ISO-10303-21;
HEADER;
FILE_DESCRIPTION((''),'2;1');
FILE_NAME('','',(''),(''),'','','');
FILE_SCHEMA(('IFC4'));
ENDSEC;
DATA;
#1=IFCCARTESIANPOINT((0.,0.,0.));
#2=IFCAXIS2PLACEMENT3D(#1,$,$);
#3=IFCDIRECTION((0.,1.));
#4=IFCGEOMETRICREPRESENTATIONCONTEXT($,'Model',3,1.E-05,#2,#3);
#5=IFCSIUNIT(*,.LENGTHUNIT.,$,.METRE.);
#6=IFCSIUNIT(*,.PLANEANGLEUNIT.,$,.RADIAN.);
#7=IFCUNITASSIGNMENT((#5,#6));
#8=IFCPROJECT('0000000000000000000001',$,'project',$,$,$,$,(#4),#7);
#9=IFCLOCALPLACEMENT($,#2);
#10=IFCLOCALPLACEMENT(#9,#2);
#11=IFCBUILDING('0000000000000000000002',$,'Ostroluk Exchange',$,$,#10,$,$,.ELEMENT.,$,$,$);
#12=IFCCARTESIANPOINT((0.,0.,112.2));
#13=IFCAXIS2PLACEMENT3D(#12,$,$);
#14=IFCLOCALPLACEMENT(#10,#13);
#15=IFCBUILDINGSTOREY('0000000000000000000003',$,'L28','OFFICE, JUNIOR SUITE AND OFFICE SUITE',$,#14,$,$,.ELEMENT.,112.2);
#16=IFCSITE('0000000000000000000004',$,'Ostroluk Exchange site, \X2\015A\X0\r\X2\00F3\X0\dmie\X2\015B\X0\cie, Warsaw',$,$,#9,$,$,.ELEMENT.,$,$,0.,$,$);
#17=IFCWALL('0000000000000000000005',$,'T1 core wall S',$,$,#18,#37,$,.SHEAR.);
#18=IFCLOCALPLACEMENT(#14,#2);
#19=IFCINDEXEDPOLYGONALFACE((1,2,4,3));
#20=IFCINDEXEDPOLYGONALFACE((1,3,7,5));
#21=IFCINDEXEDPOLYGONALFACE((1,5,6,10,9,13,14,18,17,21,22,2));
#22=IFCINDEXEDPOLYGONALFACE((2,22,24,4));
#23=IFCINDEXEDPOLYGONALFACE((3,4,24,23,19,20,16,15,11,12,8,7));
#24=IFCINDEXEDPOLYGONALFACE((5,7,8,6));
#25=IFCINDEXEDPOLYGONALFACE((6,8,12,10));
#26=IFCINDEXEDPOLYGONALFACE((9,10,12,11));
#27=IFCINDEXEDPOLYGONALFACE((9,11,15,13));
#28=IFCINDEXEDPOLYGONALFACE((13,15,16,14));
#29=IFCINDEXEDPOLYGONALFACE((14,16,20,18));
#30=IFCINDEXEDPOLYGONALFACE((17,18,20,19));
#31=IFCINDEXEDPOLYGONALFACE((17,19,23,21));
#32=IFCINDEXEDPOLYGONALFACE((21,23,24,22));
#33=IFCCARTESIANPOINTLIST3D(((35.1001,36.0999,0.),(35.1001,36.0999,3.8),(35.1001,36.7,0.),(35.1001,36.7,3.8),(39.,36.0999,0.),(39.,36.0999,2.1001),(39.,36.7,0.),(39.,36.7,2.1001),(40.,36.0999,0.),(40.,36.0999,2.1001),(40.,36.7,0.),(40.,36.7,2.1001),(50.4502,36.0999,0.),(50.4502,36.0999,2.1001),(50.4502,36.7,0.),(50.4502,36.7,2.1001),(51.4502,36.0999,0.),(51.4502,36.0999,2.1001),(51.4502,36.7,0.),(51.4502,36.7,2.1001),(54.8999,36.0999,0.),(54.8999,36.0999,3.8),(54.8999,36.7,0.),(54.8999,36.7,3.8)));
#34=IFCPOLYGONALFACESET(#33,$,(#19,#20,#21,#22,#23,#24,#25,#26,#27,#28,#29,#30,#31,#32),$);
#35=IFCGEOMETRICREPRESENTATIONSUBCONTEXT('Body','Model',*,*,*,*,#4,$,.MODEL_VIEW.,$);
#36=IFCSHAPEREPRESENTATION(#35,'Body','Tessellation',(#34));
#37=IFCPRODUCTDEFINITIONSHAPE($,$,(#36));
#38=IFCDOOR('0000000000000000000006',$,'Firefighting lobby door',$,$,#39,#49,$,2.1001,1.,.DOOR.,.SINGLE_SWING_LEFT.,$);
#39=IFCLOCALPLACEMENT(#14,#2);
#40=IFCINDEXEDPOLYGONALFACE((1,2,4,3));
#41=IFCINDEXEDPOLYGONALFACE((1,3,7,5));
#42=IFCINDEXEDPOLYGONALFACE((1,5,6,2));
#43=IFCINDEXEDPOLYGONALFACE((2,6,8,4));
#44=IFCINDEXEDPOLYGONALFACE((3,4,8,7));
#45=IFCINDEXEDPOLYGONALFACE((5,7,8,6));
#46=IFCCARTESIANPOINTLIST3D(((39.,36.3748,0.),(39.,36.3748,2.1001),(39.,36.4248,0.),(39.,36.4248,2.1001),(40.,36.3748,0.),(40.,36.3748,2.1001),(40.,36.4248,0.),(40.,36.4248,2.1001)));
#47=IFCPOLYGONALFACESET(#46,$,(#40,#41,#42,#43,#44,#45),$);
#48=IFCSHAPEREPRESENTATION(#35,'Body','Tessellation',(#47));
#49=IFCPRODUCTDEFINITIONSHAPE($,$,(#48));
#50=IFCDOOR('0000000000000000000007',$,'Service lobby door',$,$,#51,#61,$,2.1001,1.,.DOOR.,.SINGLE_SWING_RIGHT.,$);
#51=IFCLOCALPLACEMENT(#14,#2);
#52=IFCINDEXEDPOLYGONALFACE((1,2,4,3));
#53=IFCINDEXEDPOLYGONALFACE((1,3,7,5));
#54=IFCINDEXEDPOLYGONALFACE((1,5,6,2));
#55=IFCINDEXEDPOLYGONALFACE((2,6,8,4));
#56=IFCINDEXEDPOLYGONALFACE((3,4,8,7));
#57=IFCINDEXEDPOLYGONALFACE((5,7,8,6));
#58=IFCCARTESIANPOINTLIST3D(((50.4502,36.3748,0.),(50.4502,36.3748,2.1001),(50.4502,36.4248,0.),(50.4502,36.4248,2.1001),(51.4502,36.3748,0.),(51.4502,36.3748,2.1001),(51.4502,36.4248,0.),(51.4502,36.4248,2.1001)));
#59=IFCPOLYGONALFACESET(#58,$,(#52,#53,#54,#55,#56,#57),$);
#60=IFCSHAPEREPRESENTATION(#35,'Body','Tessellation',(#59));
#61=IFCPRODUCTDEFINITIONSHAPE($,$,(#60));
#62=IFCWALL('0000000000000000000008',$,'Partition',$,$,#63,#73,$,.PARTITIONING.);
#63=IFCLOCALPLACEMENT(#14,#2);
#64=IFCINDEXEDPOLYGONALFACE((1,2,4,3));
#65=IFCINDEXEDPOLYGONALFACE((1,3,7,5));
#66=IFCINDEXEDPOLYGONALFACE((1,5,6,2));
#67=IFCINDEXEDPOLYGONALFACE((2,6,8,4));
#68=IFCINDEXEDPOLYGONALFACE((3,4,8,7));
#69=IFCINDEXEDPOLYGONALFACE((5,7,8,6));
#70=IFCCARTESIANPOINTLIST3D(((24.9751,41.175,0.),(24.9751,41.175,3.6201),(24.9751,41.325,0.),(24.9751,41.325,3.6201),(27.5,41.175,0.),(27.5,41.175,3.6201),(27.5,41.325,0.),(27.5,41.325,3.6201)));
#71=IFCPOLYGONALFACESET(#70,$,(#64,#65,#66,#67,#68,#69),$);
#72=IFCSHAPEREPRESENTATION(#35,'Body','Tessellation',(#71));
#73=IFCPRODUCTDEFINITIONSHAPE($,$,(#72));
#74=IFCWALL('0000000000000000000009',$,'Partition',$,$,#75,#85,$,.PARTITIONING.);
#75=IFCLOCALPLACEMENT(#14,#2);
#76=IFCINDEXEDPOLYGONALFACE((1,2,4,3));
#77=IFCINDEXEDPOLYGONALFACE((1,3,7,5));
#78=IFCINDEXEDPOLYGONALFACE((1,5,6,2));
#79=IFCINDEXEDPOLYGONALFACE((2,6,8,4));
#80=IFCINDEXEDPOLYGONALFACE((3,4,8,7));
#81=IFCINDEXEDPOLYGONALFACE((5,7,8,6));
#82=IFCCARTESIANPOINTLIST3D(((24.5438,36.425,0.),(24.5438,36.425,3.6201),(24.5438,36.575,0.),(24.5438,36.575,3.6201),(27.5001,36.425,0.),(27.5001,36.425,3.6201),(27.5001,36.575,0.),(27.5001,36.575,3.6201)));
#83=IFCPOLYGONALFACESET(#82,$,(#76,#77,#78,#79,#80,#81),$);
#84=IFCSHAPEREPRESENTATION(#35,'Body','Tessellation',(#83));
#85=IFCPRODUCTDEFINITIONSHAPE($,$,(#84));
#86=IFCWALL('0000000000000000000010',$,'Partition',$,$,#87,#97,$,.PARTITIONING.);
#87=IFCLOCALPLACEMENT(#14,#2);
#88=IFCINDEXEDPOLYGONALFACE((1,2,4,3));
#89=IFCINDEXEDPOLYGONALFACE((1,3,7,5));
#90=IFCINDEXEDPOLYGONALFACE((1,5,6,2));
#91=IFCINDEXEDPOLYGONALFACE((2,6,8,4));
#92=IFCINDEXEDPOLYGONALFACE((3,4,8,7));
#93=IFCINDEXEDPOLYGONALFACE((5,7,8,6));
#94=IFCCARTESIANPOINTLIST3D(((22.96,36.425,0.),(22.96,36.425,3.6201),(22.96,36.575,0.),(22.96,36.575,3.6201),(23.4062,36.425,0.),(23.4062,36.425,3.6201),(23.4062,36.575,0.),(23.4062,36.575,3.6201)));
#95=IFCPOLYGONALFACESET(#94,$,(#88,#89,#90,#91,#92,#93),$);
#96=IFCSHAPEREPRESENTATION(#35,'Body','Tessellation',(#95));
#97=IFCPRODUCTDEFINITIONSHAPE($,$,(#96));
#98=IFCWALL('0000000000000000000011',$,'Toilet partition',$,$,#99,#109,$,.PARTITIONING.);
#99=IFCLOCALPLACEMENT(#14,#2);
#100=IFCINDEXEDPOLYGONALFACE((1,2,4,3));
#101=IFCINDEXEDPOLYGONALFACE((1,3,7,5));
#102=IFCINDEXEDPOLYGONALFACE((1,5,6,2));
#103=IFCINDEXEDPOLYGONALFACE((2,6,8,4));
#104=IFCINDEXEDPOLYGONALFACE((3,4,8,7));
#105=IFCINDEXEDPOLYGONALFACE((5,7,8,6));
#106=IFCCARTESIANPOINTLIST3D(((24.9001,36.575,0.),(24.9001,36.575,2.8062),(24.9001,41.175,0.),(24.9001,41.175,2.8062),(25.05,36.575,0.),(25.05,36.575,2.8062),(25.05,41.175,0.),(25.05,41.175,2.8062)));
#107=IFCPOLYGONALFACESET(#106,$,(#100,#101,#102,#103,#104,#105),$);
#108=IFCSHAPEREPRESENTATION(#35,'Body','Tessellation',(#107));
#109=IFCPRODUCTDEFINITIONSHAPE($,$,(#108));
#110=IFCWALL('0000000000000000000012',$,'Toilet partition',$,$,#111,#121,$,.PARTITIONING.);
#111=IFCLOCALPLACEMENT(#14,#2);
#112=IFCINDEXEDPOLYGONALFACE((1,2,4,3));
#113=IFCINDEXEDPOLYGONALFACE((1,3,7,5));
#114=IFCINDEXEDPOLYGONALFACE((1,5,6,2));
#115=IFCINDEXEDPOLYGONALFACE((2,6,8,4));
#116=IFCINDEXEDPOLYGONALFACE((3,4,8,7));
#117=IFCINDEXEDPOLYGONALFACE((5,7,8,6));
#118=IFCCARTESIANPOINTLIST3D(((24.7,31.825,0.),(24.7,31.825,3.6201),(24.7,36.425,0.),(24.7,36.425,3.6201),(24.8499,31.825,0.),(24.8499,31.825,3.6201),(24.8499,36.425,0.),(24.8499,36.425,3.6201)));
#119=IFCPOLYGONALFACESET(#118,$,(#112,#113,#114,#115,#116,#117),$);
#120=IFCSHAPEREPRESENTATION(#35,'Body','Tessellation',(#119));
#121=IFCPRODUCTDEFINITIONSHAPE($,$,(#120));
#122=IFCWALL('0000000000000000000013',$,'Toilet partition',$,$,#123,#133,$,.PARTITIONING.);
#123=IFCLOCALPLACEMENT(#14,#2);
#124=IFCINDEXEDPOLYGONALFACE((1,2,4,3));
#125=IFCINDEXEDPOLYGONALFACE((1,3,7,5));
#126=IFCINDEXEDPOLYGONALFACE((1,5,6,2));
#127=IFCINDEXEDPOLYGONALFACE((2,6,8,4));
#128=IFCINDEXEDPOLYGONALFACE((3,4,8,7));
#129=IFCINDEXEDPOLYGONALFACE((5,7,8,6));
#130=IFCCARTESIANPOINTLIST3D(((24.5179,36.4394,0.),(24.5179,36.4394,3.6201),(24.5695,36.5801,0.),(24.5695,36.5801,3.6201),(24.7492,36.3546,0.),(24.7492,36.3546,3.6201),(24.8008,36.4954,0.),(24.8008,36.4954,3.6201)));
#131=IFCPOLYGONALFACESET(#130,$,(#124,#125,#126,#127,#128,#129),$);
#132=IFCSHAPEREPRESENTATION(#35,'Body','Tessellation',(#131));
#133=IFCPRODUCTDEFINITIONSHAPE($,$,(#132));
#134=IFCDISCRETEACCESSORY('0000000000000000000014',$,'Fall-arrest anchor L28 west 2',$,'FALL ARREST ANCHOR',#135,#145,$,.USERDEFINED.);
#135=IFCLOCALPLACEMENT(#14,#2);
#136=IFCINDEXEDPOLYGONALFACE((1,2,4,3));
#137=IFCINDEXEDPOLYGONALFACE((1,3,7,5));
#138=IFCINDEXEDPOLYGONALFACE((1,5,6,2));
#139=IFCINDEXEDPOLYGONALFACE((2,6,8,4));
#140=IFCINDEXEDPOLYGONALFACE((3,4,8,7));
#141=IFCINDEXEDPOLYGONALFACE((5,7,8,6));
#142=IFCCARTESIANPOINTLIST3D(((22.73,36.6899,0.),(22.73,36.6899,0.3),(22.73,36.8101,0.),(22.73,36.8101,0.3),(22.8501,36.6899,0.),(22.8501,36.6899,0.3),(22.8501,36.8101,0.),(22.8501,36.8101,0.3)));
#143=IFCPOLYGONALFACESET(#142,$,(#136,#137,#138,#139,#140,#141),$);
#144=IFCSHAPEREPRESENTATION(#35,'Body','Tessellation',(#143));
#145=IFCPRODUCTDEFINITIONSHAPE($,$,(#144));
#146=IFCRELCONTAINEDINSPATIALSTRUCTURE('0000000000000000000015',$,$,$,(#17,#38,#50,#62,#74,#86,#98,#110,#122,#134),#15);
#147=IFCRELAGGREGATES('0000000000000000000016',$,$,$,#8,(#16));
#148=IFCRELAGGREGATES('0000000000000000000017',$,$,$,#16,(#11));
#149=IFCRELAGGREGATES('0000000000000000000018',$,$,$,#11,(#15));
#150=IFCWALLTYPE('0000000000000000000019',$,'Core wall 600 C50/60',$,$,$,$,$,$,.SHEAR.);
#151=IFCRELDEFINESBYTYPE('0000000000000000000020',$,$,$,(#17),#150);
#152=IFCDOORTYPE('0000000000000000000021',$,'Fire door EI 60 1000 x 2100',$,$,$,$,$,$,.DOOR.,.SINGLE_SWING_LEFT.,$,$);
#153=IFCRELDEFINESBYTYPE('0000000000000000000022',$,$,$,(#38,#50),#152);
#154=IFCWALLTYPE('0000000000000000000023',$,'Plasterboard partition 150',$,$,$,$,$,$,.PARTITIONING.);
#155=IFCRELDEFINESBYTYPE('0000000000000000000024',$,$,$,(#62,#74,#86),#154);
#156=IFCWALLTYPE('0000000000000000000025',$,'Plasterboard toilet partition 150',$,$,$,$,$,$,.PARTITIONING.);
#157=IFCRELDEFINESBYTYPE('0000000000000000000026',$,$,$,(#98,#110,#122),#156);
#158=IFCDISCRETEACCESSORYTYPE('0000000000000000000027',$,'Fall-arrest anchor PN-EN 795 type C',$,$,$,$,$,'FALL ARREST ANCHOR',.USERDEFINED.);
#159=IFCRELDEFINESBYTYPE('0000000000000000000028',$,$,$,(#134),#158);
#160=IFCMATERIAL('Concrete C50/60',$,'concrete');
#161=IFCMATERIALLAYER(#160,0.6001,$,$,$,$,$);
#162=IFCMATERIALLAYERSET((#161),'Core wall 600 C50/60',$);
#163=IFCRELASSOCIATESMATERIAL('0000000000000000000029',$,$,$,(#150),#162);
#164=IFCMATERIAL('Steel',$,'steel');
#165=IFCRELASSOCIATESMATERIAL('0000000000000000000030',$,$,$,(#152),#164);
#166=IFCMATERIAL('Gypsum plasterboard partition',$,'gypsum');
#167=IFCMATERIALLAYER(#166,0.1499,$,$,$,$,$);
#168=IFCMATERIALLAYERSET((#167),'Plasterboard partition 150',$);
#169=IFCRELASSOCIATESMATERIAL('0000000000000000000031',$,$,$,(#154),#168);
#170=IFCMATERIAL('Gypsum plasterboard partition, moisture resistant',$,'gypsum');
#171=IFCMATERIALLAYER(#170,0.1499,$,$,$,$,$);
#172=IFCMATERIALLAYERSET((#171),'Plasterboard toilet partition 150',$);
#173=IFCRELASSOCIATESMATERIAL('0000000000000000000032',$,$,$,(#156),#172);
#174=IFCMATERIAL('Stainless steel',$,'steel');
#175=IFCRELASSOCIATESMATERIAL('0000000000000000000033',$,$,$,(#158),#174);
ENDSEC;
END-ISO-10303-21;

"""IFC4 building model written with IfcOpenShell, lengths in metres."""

from ifc_helpers import new_model, si_unit, direction, frame, frame_2d, origin, origin_2d, place, context, subcontext, project, spatial, rectangle, extrude, material, layer, layer_set, type_object, element, fill, save


model = new_model("IFC4")

# Units and contexts
model_context = context("Model", 3, precision=1e-05, world=origin(), true_north=direction((0.0, 1.0)))
body_context = subcontext(model_context, "Body", "Model", "MODEL_VIEW")
ifc_project = project(units=[si_unit("LENGTHUNIT", "METRE"), si_unit("PLANEANGLEUNIT", "RADIAN")], contexts=[model_context])

# Site, building, storey
site_placement = place(None, origin())
site = spatial("IfcSite", under=ifc_project, at=site_placement, Name="Ostroluk Exchange site, Śródmieście, Warsaw", CompositionType="ELEMENT", RefElevation=0.0)
building_placement = place(site_placement, origin())
building = spatial("IfcBuilding", under=site, at=building_placement, Name="Ostroluk Exchange", CompositionType="ELEMENT")
storey_placement = place(building_placement, frame((0.0, 0.0, 112.2)))
storey = spatial("IfcBuildingStorey", under=building, at=storey_placement, Name="L28", Description="OFFICE, JUNIOR SUITE AND OFFICE SUITE", CompositionType="ELEMENT", Elevation=112.2)

# Wall, openings, doors
ifc_material_1 = material(Name="Concrete C50/60", Category="concrete")
ifc_layer_1 = layer(ifc_material_1, 0.6001)
ifc_layer_set_1 = layer_set([ifc_layer_1], Name="Core wall 600 C50/60")
wall_type_1 = type_object("IfcWallType", Name="Core wall 600 C50/60", PredefinedType="SHEAR", material=ifc_layer_set_1)
wall_1_placement = place(storey_placement, frame((35.1001, 36.3999, 0.0), z_axis=(0.0, 0.0, 1.0), x_axis=(1.0, 0.0, 0.0)))
wall_1 = element("IfcWall", 1, at=wall_1_placement, inside=storey, type_object=wall_type_1, Name="T1 core wall S", PredefinedType="SHEAR", context=body_context, shape_type="SweptSolid", body=[
    extrude(rectangle(XDim=19.7998, YDim=0.6001, at=frame_2d((9.8999, 0.0))), origin(), (0.0, 0.0, 1.0), 3.8),
])
opening_1_placement = place(wall_1_placement, frame((3.8999, 0.0, 0.0)))
opening_1 = element("IfcOpeningElement", 2, at=opening_1_placement, cuts=wall_1, PredefinedType="OPENING", context=body_context, shape_type="SweptSolid", body=[
    extrude(rectangle(XDim=1.0, YDim=2.1001, at=frame_2d((0.5, 1.05))), frame((0.0, 0.3101, 0.0), z_axis=(0.0, -1.0, 0.0), x_axis=(1.0, 0.0, 0.0)), (0.0, 0.0, 1.0), 0.6201),
])
opening_2_placement = place(wall_1_placement, frame((15.3501, 0.0, 0.0)))
opening_2 = element("IfcOpeningElement", 3, at=opening_2_placement, cuts=wall_1, PredefinedType="OPENING", context=body_context, shape_type="SweptSolid", body=[
    extrude(rectangle(XDim=1.0, YDim=2.1001, at=frame_2d((0.5, 1.05))), frame((0.0, 0.3101, 0.0), z_axis=(0.0, -1.0, 0.0), x_axis=(1.0, 0.0, 0.0)), (0.0, 0.0, 1.0), 0.6201),
])
ifc_material_2 = material(Name="Steel", Category="steel")
door_type_1 = type_object("IfcDoorType", Name="Fire door EI 60 1000 x 2100", OperationType="SINGLE_SWING_LEFT", PredefinedType="DOOR", material=ifc_material_2)
door_1_placement = place(opening_1_placement, origin())
door_1 = element("IfcDoor", 4, at=door_1_placement, inside=storey, type_object=door_type_1, Name="Firefighting lobby door", OperationType="SINGLE_SWING_LEFT", OverallHeight=2.1001, OverallWidth=1.0, PredefinedType="DOOR", context=body_context, shape_type="SweptSolid", body=[
    extrude(rectangle(XDim=1.0, YDim=2.1001, at=frame_2d((0.5, 1.05))), frame((0.0, 0.0249, 0.0), z_axis=(0.0, -1.0, 0.0), x_axis=(1.0, 0.0, 0.0)), (0.0, 0.0, 1.0), 0.05),
])
fill(opening_1, door_1)
door_2_placement = place(opening_2_placement, origin())
door_2 = element("IfcDoor", 5, at=door_2_placement, inside=storey, type_object=door_type_1, Name="Service lobby door", OperationType="SINGLE_SWING_RIGHT", OverallHeight=2.1001, OverallWidth=1.0, PredefinedType="DOOR", context=body_context, shape_type="SweptSolid", body=[
    extrude(rectangle(XDim=1.0, YDim=2.1001, at=frame_2d((0.5, 1.05))), frame((0.0, 0.0249, 0.0), z_axis=(0.0, -1.0, 0.0), x_axis=(1.0, 0.0, 0.0)), (0.0, 0.0, 1.0), 0.05),
])
fill(opening_2, door_2)

# Walls
ifc_material_3 = material(Name="Gypsum plasterboard partition", Category="gypsum")
ifc_layer_2 = layer(ifc_material_3, 0.1499)
ifc_layer_set_2 = layer_set([ifc_layer_2], Name="Plasterboard partition 150")
wall_type_2 = type_object("IfcWallType", Name="Plasterboard partition 150", PredefinedType="PARTITIONING", material=ifc_layer_set_2)
wall_2_placement = place(storey_placement, frame((27.5, 41.25, 0.0), z_axis=(0.0, 0.0, 1.0), x_axis=(-1.0, 0.0, 0.0)))
element("IfcWall", 6, at=wall_2_placement, inside=storey, type_object=wall_type_2, Name="Partition", PredefinedType="PARTITIONING", context=body_context, shape_type="SweptSolid", body=[
    extrude(rectangle(XDim=2.5249, YDim=0.1499, at=frame_2d((1.2625, 0.0))), origin(), (0.0, 0.0, 1.0), 3.6201),
])
wall_3_placement = place(storey_placement, frame((27.5, 36.5, 0.0), z_axis=(0.0, 0.0, 1.0), x_axis=(-1.0, 0.0, 0.0)))
element("IfcWall", 7, at=wall_3_placement, inside=storey, type_object=wall_type_2, Name="Partition", PredefinedType="PARTITIONING", context=body_context, shape_type="SweptSolid", body=[
    extrude(rectangle(XDim=2.9563, YDim=0.1499, at=frame_2d((1.478, 0.0))), origin(), (0.0, 0.0, 1.0), 3.6201),
])
wall_4_placement = place(storey_placement, frame((23.4062, 36.5, 0.0), z_axis=(0.0, 0.0, 1.0), x_axis=(-1.0, 0.0, 0.0)))
element("IfcWall", 8, at=wall_4_placement, inside=storey, type_object=wall_type_2, Name="Partition", PredefinedType="PARTITIONING", context=body_context, shape_type="SweptSolid", body=[
    extrude(rectangle(XDim=0.4463, YDim=0.1499, at=frame_2d((0.2231, 0.0))), origin(), (0.0, 0.0, 1.0), 3.6201),
])
ifc_material_4 = material(Name="Gypsum plasterboard partition, moisture resistant", Category="gypsum")
ifc_layer_3 = layer(ifc_material_4, 0.1499)
ifc_layer_set_3 = layer_set([ifc_layer_3], Name="Plasterboard toilet partition 150")
wall_type_3 = type_object("IfcWallType", Name="Plasterboard toilet partition 150", PredefinedType="PARTITIONING", material=ifc_layer_set_3)
wall_5_placement = place(storey_placement, frame((24.9751, 41.175, 0.0), z_axis=(0.0, 0.0, 1.0), x_axis=(0.0, -1.0, 0.0)))
element("IfcWall", 9, at=wall_5_placement, inside=storey, type_object=wall_type_3, Name="Toilet partition", PredefinedType="PARTITIONING", context=body_context, shape_type="SweptSolid", body=[
    extrude(rectangle(XDim=4.6001, YDim=0.1499, at=frame_2d((2.3, 0.0))), origin(), (0.0, 0.0, 1.0), 2.8062),
])
wall_6_placement = place(storey_placement, frame((24.7749, 36.425, 0.0), z_axis=(0.0, 0.0, 1.0), x_axis=(0.0, -1.0, 0.0)))
element("IfcWall", 10, at=wall_6_placement, inside=storey, type_object=wall_type_3, Name="Toilet partition", PredefinedType="PARTITIONING", context=body_context, shape_type="SweptSolid", body=[
    extrude(rectangle(XDim=4.6001, YDim=0.1499, at=frame_2d((2.3, 0.0))), origin(), (0.0, 0.0, 1.0), 3.6201),
])
wall_7_placement = place(storey_placement, frame((24.7749, 36.425, 0.0), z_axis=(0.0, 0.0, 1.0), x_axis=(-0.938951, 0.344051, 0.0)))
element("IfcWall", 11, at=wall_7_placement, inside=storey, type_object=wall_type_3, Name="Toilet partition", PredefinedType="PARTITIONING", context=body_context, shape_type="SweptSolid", body=[
    extrude(rectangle(XDim=0.2463, YDim=0.1499, at=frame_2d((0.123, 0.0))), origin(), (0.0, 0.0, 1.0), 3.6201),
])

# Discrete accessory
ifc_material_5 = material(Name="Stainless steel", Category="steel")
discrete_accessory_type = type_object("IfcDiscreteAccessoryType", Name="Fall-arrest anchor PN-EN 795 type C", ElementType="FALL ARREST ANCHOR", PredefinedType="USERDEFINED", material=ifc_material_5)
discrete_accessory_placement = place(storey_placement, frame((22.79, 36.75, 0.0), z_axis=(0.0, 0.0, 1.0), x_axis=(1.0, 0.0, 0.0)))
element("IfcDiscreteAccessory", 12, at=discrete_accessory_placement, inside=storey, type_object=discrete_accessory_type, Name="Fall-arrest anchor L28 west 2", ObjectType="FALL ARREST ANCHOR", PredefinedType="USERDEFINED", context=body_context, shape_type="SweptSolid", body=[
    extrude(rectangle(XDim=0.1201, YDim=0.1201, at=origin_2d()), origin(), (0.0, 0.0, 1.0), 0.3),
])

save(model, "model.ifc")
